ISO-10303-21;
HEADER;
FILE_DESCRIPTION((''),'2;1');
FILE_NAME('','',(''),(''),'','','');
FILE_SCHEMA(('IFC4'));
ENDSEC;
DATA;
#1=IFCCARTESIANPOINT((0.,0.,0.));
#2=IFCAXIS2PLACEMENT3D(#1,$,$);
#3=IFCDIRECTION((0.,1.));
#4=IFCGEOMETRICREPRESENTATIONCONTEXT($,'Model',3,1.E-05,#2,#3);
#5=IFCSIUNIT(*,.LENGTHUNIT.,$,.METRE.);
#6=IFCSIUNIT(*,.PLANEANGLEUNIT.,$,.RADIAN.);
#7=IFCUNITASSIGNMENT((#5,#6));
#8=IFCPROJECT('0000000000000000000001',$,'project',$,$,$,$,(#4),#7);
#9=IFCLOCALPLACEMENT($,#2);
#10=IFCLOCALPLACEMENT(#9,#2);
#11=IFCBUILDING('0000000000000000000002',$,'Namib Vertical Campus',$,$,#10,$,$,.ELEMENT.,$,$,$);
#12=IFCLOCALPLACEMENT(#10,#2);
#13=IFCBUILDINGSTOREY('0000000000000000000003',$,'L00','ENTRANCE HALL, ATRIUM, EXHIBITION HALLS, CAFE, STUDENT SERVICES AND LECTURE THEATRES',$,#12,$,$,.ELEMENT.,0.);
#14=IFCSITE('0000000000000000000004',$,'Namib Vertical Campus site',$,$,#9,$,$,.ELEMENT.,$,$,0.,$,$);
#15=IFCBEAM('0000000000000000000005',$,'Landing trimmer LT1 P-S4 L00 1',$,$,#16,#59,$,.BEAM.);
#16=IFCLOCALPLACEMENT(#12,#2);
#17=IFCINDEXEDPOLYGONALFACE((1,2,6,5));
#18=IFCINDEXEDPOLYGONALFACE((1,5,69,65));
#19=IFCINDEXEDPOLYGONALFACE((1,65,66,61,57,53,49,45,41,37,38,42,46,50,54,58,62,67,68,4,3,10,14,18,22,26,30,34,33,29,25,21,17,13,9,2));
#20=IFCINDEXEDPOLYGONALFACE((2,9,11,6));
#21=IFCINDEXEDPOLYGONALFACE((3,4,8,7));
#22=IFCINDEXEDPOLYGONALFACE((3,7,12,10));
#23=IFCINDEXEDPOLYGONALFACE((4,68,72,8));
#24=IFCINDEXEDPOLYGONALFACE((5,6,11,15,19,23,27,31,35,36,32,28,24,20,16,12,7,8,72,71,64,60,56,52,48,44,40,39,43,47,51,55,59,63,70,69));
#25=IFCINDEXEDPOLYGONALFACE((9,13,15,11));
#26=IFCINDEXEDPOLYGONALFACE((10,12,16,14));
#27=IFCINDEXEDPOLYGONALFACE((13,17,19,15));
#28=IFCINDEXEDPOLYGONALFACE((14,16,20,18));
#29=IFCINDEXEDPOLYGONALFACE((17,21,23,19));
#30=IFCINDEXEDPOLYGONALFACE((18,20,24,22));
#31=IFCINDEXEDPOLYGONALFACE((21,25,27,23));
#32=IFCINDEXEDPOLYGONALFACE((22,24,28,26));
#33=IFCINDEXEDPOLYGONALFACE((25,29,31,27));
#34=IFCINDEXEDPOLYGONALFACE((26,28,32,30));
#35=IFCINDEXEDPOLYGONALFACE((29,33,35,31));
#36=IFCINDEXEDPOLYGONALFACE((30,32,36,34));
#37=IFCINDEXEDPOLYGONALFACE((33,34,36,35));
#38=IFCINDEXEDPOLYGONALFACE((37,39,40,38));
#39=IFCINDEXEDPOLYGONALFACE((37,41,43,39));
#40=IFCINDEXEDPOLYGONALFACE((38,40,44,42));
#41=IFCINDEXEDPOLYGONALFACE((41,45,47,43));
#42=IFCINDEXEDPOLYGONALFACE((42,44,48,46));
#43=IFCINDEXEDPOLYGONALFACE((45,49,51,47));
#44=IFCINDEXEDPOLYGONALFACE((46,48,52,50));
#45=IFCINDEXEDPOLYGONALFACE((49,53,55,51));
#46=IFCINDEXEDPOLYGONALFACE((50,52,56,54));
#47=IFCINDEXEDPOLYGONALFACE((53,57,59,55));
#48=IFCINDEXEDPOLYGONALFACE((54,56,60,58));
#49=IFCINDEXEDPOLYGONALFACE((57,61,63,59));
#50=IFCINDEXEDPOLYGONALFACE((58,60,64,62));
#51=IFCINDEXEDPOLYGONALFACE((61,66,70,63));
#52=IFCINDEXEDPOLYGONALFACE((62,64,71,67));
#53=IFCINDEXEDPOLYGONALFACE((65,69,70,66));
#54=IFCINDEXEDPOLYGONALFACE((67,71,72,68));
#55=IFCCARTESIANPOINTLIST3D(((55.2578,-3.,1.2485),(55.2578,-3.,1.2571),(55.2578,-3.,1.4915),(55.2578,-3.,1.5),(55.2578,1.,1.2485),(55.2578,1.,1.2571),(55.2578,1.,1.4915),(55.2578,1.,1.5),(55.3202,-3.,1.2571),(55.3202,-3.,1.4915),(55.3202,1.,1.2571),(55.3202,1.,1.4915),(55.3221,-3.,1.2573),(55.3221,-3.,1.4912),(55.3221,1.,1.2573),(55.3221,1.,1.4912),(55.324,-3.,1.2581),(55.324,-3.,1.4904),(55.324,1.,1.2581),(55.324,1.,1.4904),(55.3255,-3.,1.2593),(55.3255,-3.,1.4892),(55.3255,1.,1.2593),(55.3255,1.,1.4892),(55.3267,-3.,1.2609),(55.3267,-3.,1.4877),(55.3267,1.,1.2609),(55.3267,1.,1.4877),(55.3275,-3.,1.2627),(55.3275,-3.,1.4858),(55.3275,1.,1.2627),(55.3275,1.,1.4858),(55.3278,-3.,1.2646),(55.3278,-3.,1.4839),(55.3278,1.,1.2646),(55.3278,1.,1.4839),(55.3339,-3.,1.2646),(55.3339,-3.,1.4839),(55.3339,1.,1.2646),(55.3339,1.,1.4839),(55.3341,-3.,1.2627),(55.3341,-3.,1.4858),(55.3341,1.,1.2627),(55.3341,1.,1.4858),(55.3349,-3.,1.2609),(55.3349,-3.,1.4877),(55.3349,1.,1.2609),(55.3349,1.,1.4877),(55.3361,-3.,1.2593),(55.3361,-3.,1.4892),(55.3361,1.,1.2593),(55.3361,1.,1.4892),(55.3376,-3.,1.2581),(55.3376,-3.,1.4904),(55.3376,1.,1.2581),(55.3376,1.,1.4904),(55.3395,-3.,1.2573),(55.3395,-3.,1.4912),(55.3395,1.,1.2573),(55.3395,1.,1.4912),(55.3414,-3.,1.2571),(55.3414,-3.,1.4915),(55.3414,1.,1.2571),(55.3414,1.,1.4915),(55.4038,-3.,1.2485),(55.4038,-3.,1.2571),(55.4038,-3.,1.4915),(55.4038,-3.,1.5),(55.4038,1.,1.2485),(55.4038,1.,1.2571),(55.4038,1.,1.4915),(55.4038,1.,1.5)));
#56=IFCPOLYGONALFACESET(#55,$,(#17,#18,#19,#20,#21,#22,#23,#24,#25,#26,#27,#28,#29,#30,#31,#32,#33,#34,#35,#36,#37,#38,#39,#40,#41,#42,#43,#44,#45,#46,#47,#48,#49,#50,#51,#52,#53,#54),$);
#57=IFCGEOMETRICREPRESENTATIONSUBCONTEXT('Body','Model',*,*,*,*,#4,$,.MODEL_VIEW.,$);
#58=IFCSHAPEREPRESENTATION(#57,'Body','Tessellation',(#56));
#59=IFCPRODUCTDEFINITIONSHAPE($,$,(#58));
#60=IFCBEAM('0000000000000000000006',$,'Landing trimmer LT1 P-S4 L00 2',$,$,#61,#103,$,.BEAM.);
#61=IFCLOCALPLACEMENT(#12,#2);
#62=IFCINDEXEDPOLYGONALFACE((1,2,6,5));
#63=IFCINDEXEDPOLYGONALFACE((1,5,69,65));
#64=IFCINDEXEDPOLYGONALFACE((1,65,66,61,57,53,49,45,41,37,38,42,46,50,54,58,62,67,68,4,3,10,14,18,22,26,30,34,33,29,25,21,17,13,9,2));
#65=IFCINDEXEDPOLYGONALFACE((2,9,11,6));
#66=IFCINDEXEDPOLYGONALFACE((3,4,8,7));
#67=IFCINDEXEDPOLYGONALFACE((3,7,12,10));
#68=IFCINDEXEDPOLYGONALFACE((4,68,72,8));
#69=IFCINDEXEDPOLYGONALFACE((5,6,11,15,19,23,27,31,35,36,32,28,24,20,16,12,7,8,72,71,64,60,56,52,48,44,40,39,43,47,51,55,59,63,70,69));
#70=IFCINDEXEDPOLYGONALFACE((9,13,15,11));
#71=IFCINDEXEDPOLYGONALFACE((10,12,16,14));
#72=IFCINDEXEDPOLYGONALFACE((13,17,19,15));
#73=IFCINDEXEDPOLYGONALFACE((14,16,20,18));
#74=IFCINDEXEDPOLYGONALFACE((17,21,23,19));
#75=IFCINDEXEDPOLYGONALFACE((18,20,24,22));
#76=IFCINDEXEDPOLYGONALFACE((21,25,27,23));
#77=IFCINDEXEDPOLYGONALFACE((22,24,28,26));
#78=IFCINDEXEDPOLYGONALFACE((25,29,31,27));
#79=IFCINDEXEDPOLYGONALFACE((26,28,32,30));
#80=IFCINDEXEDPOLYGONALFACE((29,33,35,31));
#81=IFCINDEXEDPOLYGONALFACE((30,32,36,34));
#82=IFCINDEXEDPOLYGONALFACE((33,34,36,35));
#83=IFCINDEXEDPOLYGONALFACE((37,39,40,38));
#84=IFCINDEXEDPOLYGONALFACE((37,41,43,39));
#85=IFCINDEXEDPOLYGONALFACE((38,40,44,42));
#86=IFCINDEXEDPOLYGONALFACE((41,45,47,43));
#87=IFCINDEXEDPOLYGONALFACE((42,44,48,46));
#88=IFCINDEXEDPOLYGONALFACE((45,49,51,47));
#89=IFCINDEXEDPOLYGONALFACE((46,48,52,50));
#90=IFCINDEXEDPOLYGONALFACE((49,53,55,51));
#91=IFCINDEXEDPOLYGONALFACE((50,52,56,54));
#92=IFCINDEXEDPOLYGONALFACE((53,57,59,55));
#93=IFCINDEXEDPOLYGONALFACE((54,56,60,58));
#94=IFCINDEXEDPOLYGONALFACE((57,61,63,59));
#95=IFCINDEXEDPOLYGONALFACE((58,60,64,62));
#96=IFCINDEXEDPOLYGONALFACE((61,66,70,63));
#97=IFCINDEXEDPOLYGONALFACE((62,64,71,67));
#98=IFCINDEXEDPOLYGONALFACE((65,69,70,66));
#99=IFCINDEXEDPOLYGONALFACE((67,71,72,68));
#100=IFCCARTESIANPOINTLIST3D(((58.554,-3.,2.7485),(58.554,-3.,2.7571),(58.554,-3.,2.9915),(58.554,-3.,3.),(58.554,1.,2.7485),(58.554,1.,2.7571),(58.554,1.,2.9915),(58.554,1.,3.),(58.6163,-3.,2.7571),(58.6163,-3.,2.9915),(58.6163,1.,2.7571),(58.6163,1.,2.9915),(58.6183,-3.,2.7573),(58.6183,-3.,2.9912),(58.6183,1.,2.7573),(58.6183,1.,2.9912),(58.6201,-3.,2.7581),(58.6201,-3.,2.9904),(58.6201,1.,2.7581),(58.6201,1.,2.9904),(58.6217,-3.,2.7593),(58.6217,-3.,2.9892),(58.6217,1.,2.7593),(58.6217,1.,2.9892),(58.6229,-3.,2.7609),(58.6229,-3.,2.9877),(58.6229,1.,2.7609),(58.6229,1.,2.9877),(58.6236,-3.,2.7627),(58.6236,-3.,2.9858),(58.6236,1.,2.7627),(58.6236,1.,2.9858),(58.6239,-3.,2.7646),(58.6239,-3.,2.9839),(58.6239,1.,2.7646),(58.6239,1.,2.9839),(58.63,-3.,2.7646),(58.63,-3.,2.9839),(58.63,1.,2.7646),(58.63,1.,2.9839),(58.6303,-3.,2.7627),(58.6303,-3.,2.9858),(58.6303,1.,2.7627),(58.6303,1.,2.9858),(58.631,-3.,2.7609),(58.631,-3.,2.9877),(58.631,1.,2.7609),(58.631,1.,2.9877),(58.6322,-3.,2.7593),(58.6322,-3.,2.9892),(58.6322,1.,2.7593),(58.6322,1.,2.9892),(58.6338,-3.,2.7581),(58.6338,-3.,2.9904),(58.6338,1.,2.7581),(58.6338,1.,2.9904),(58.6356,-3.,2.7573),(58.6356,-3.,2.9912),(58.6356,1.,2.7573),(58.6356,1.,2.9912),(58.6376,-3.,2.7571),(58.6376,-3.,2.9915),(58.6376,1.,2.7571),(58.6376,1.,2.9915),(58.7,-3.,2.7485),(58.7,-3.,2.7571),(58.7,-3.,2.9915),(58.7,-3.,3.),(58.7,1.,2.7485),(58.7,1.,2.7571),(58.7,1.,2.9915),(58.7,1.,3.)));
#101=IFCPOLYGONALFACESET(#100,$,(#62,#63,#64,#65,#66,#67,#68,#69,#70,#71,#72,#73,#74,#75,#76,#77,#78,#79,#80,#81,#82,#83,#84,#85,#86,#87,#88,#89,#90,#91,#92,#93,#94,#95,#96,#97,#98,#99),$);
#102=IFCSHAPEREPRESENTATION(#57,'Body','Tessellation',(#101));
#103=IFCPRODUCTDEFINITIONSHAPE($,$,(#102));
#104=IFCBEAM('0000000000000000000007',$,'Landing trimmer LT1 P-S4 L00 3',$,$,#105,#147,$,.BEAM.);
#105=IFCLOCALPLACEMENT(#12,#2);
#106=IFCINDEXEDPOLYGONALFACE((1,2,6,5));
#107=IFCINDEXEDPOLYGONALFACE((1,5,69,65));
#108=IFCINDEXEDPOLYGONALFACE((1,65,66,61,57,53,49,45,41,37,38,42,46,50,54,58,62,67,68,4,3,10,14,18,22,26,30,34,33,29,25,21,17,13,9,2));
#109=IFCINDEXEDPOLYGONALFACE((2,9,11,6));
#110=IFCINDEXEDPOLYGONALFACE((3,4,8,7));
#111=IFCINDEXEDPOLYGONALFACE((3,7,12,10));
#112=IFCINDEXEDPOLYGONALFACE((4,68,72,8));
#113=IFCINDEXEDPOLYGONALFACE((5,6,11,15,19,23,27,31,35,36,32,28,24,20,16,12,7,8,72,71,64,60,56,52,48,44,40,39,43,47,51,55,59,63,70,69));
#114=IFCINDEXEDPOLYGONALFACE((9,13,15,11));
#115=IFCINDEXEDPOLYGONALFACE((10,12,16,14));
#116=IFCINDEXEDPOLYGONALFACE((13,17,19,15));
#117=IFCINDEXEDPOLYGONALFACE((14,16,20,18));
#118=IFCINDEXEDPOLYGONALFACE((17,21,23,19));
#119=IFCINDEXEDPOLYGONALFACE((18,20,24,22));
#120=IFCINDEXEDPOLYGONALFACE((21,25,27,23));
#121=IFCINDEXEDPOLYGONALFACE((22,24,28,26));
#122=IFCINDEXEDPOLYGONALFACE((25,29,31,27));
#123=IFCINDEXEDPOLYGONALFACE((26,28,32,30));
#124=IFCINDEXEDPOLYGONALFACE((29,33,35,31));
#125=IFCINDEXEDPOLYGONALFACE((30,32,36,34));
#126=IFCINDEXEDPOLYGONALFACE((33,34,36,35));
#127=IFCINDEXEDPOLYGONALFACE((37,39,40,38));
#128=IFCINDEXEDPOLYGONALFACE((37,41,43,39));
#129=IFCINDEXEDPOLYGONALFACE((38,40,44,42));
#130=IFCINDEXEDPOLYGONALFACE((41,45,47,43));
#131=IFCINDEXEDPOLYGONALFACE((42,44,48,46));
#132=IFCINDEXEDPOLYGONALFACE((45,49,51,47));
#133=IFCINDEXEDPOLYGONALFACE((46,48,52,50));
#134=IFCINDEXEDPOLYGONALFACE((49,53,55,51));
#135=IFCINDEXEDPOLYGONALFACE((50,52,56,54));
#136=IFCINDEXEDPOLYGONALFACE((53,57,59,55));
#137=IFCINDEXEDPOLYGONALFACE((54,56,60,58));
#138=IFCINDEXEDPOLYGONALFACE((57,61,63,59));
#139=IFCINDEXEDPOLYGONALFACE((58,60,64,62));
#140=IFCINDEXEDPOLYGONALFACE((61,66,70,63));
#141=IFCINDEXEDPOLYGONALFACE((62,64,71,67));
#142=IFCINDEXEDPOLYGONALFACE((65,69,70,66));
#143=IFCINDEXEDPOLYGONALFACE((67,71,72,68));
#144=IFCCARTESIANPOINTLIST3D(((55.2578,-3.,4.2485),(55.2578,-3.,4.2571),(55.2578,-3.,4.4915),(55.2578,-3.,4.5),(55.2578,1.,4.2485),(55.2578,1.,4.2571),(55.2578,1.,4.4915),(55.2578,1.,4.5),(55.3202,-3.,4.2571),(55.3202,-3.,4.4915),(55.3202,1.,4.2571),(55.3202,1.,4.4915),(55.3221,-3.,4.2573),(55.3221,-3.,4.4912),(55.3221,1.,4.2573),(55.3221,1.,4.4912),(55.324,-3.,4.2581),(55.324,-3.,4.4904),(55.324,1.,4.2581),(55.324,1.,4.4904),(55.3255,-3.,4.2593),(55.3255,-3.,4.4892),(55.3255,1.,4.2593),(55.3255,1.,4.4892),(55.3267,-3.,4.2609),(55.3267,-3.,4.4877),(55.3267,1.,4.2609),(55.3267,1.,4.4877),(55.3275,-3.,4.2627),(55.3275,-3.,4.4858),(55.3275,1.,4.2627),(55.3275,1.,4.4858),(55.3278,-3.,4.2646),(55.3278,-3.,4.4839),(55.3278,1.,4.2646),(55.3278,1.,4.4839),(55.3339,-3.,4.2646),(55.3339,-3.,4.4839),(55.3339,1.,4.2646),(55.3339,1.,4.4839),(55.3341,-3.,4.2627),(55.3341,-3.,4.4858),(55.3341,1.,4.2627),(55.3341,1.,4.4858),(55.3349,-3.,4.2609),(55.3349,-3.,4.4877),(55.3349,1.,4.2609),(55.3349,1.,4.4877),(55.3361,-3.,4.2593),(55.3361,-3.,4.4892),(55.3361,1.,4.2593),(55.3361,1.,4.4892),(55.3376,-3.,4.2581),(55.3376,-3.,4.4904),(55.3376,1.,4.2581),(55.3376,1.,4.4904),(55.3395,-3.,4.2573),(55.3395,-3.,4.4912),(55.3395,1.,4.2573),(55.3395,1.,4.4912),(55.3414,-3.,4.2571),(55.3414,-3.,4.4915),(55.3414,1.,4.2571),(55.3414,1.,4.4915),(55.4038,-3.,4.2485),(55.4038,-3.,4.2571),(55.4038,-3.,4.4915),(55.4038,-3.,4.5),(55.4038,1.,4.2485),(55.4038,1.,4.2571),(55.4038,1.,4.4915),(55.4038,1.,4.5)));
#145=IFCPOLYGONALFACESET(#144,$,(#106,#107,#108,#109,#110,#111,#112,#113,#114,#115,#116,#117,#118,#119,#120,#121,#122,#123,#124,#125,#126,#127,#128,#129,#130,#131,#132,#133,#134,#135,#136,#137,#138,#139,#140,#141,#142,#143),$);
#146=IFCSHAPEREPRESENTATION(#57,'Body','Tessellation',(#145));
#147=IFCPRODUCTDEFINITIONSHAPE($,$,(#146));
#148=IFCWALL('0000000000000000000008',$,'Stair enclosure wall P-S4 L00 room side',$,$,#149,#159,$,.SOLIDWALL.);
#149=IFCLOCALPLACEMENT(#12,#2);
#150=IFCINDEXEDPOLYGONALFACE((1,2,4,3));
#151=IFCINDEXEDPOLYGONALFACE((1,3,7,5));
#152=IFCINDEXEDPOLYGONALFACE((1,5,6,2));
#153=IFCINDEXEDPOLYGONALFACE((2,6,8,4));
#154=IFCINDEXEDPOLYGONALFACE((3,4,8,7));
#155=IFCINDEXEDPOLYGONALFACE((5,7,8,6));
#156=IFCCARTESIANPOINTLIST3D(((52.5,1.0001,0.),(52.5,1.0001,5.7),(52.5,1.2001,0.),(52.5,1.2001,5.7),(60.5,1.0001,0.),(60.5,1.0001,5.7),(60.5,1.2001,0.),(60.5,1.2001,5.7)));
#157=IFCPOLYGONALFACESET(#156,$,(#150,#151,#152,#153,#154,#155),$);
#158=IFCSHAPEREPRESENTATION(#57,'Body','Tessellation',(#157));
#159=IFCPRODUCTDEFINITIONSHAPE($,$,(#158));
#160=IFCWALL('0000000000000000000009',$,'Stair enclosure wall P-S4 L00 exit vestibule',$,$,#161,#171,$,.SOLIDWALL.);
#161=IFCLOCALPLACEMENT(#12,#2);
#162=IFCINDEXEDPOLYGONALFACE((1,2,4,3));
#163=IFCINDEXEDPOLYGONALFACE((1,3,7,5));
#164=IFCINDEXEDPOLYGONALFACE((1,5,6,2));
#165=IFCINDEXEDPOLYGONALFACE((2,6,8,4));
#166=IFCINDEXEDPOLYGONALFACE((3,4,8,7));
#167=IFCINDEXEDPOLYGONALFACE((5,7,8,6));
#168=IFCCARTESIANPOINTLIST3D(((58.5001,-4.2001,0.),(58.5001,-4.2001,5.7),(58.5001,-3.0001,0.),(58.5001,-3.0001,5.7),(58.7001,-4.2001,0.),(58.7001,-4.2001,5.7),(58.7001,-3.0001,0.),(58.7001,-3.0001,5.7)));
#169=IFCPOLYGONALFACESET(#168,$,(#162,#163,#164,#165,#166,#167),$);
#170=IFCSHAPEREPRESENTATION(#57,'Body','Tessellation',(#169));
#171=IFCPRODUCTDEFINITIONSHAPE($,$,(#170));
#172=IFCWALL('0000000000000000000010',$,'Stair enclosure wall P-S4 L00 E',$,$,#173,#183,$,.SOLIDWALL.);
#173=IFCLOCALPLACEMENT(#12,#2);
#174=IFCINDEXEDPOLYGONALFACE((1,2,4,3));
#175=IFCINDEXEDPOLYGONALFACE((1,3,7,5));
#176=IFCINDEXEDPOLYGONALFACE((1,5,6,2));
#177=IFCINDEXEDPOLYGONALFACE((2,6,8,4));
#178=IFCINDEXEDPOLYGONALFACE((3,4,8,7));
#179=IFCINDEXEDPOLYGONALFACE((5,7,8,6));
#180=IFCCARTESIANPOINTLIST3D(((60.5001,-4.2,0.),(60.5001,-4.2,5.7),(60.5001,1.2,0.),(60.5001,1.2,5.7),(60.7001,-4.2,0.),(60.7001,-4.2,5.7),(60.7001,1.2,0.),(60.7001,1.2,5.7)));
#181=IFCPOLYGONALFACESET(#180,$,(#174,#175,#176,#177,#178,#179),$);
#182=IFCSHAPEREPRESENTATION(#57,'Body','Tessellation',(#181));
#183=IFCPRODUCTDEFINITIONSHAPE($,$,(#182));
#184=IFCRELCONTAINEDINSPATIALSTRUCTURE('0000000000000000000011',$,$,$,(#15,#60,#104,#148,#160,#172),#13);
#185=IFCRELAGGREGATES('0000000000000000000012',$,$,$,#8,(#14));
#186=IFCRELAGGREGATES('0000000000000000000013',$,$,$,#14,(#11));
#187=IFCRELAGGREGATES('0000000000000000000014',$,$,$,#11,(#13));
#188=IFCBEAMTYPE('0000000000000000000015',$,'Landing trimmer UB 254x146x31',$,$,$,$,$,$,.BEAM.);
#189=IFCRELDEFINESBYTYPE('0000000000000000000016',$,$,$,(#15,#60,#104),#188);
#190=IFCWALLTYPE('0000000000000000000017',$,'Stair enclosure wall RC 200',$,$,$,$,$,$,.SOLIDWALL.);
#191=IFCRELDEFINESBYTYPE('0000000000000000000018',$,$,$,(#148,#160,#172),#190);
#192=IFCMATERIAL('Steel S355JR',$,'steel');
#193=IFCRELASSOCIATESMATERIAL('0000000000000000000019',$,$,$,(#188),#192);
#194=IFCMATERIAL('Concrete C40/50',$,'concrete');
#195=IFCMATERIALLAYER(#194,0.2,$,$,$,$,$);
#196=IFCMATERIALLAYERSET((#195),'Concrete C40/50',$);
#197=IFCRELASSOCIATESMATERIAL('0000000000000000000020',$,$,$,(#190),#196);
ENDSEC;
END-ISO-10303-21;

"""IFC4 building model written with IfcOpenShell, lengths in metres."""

from ifc_helpers import new_model, si_unit, direction, frame, frame_2d, origin, origin_2d, place, context, subcontext, project, spatial, rectangle, i_section, extrude, material, layer, layer_set, material_profile, profile_set, type_object, element, save


model = new_model("IFC4")

# Units and contexts
model_context = context("Model", 3, precision=1e-05, world=origin(), true_north=direction((0.0, 1.0)))
body_context = subcontext(model_context, "Body", "Model", "MODEL_VIEW")
ifc_project = project(units=[si_unit("LENGTHUNIT", "METRE"), si_unit("PLANEANGLEUNIT", "RADIAN")], contexts=[model_context])

# Site, building, storey
site_placement = place(None, origin())
site = spatial("IfcSite", under=ifc_project, at=site_placement, Name="Namib Vertical Campus site", CompositionType="ELEMENT", RefElevation=0.0)
building_placement = place(site_placement, origin())
building = spatial("IfcBuilding", under=site, at=building_placement, Name="Namib Vertical Campus", CompositionType="ELEMENT")
storey_placement = place(building_placement, origin())
storey = spatial("IfcBuildingStorey", under=building, at=storey_placement, Name="L00", Description="ENTRANCE HALL, ATRIUM, EXHIBITION HALLS, CAFE, STUDENT SERVICES AND LECTURE THEATRES", CompositionType="ELEMENT", Elevation=0.0)

# Beams
ifc_material_1 = material(Name="Steel S355JR", Category="steel")
ifc_material_profile_1 = material_profile(ifc_material_1, i_section(OverallWidth=0.146, OverallDepth=0.2515, WebThickness=0.0061, FlangeThickness=0.0085, FilletRadius=0.0076, at=origin_2d()))
ifc_profile_set_1 = profile_set([ifc_material_profile_1], Name="Steel S355JR")
beam_type = type_object("IfcBeamType", Name="Landing trimmer UB 254x146x31", PredefinedType="BEAM", material=ifc_profile_set_1)
for number, where, z_axis, x_axis, name in (
    (1, (55.3308, -3.0, 1.3743), (0.0, 1.0, 0.0), (-1.0, 0.0, 0.0), "Landing trimmer LT1 P-S4 L00 1"),
    (2, (58.627, -3.0, 2.8743), (0.0, 1.0, 0.0), (-1.0, 0.0, 0.0), "Landing trimmer LT1 P-S4 L00 2"),
    (3, (55.3308, -3.0, 4.3743), (0.0, 1.0, 0.0), (-1.0, 0.0, 0.0), "Landing trimmer LT1 P-S4 L00 3"),
):
    element("IfcBeam", number, at=place(storey_placement, frame(where, z_axis=z_axis, x_axis=x_axis)), inside=storey, type_object=beam_type, Name=name, PredefinedType="BEAM", context=body_context, shape_type="SweptSolid", body=[
        extrude(i_section(OverallWidth=0.146, OverallDepth=0.2515, WebThickness=0.0061, FlangeThickness=0.0085, FilletRadius=0.0076, at=origin_2d()), origin(), (0.0, 0.0, 1.0), 4.0),
    ])

# Walls
ifc_material_2 = material(Name="Concrete C40/50", Category="concrete")
ifc_layer = layer(ifc_material_2, 0.2)
ifc_layer_set = layer_set([ifc_layer], Name="Concrete C40/50")
wall_type = type_object("IfcWallType", Name="Stair enclosure wall RC 200", PredefinedType="SOLIDWALL", material=ifc_layer_set)
wall_1_placement = place(storey_placement, frame((52.5, 1.1001, 0.0), z_axis=(0.0, 0.0, 1.0), x_axis=(1.0, 0.0, 0.0)))
element("IfcWall", 4, at=wall_1_placement, inside=storey, type_object=wall_type, Name="Stair enclosure wall P-S4 L00 room side", PredefinedType="SOLIDWALL", context=body_context, shape_type="SweptSolid", body=[
    extrude(rectangle(XDim=8.0, YDim=0.2, at=frame_2d((4.0, 0.0))), origin(), (0.0, 0.0, 1.0), 5.7),
])
wall_2_placement = place(storey_placement, frame((58.6001, -3.0, 0.0), z_axis=(0.0, 0.0, 1.0), x_axis=(0.0, -1.0, 0.0)))
element("IfcWall", 5, at=wall_2_placement, inside=storey, type_object=wall_type, Name="Stair enclosure wall P-S4 L00 exit vestibule", PredefinedType="SOLIDWALL", context=body_context, shape_type="SweptSolid", body=[
    extrude(rectangle(XDim=1.2, YDim=0.2, at=frame_2d((0.6001, 0.0))), origin(), (0.0, 0.0, 1.0), 5.7),
])
wall_3_placement = place(storey_placement, frame((60.6001, -4.2, 0.0), z_axis=(0.0, 0.0, 1.0), x_axis=(0.0, 1.0, 0.0)))
element("IfcWall", 6, at=wall_3_placement, inside=storey, type_object=wall_type, Name="Stair enclosure wall P-S4 L00 E", PredefinedType="SOLIDWALL", context=body_context, shape_type="SweptSolid", body=[
    extrude(rectangle(XDim=5.3999, YDim=0.2, at=frame_2d((2.7, 0.0))), origin(), (0.0, 0.0, 1.0), 5.7),
])

save(model, "model.ifc")
